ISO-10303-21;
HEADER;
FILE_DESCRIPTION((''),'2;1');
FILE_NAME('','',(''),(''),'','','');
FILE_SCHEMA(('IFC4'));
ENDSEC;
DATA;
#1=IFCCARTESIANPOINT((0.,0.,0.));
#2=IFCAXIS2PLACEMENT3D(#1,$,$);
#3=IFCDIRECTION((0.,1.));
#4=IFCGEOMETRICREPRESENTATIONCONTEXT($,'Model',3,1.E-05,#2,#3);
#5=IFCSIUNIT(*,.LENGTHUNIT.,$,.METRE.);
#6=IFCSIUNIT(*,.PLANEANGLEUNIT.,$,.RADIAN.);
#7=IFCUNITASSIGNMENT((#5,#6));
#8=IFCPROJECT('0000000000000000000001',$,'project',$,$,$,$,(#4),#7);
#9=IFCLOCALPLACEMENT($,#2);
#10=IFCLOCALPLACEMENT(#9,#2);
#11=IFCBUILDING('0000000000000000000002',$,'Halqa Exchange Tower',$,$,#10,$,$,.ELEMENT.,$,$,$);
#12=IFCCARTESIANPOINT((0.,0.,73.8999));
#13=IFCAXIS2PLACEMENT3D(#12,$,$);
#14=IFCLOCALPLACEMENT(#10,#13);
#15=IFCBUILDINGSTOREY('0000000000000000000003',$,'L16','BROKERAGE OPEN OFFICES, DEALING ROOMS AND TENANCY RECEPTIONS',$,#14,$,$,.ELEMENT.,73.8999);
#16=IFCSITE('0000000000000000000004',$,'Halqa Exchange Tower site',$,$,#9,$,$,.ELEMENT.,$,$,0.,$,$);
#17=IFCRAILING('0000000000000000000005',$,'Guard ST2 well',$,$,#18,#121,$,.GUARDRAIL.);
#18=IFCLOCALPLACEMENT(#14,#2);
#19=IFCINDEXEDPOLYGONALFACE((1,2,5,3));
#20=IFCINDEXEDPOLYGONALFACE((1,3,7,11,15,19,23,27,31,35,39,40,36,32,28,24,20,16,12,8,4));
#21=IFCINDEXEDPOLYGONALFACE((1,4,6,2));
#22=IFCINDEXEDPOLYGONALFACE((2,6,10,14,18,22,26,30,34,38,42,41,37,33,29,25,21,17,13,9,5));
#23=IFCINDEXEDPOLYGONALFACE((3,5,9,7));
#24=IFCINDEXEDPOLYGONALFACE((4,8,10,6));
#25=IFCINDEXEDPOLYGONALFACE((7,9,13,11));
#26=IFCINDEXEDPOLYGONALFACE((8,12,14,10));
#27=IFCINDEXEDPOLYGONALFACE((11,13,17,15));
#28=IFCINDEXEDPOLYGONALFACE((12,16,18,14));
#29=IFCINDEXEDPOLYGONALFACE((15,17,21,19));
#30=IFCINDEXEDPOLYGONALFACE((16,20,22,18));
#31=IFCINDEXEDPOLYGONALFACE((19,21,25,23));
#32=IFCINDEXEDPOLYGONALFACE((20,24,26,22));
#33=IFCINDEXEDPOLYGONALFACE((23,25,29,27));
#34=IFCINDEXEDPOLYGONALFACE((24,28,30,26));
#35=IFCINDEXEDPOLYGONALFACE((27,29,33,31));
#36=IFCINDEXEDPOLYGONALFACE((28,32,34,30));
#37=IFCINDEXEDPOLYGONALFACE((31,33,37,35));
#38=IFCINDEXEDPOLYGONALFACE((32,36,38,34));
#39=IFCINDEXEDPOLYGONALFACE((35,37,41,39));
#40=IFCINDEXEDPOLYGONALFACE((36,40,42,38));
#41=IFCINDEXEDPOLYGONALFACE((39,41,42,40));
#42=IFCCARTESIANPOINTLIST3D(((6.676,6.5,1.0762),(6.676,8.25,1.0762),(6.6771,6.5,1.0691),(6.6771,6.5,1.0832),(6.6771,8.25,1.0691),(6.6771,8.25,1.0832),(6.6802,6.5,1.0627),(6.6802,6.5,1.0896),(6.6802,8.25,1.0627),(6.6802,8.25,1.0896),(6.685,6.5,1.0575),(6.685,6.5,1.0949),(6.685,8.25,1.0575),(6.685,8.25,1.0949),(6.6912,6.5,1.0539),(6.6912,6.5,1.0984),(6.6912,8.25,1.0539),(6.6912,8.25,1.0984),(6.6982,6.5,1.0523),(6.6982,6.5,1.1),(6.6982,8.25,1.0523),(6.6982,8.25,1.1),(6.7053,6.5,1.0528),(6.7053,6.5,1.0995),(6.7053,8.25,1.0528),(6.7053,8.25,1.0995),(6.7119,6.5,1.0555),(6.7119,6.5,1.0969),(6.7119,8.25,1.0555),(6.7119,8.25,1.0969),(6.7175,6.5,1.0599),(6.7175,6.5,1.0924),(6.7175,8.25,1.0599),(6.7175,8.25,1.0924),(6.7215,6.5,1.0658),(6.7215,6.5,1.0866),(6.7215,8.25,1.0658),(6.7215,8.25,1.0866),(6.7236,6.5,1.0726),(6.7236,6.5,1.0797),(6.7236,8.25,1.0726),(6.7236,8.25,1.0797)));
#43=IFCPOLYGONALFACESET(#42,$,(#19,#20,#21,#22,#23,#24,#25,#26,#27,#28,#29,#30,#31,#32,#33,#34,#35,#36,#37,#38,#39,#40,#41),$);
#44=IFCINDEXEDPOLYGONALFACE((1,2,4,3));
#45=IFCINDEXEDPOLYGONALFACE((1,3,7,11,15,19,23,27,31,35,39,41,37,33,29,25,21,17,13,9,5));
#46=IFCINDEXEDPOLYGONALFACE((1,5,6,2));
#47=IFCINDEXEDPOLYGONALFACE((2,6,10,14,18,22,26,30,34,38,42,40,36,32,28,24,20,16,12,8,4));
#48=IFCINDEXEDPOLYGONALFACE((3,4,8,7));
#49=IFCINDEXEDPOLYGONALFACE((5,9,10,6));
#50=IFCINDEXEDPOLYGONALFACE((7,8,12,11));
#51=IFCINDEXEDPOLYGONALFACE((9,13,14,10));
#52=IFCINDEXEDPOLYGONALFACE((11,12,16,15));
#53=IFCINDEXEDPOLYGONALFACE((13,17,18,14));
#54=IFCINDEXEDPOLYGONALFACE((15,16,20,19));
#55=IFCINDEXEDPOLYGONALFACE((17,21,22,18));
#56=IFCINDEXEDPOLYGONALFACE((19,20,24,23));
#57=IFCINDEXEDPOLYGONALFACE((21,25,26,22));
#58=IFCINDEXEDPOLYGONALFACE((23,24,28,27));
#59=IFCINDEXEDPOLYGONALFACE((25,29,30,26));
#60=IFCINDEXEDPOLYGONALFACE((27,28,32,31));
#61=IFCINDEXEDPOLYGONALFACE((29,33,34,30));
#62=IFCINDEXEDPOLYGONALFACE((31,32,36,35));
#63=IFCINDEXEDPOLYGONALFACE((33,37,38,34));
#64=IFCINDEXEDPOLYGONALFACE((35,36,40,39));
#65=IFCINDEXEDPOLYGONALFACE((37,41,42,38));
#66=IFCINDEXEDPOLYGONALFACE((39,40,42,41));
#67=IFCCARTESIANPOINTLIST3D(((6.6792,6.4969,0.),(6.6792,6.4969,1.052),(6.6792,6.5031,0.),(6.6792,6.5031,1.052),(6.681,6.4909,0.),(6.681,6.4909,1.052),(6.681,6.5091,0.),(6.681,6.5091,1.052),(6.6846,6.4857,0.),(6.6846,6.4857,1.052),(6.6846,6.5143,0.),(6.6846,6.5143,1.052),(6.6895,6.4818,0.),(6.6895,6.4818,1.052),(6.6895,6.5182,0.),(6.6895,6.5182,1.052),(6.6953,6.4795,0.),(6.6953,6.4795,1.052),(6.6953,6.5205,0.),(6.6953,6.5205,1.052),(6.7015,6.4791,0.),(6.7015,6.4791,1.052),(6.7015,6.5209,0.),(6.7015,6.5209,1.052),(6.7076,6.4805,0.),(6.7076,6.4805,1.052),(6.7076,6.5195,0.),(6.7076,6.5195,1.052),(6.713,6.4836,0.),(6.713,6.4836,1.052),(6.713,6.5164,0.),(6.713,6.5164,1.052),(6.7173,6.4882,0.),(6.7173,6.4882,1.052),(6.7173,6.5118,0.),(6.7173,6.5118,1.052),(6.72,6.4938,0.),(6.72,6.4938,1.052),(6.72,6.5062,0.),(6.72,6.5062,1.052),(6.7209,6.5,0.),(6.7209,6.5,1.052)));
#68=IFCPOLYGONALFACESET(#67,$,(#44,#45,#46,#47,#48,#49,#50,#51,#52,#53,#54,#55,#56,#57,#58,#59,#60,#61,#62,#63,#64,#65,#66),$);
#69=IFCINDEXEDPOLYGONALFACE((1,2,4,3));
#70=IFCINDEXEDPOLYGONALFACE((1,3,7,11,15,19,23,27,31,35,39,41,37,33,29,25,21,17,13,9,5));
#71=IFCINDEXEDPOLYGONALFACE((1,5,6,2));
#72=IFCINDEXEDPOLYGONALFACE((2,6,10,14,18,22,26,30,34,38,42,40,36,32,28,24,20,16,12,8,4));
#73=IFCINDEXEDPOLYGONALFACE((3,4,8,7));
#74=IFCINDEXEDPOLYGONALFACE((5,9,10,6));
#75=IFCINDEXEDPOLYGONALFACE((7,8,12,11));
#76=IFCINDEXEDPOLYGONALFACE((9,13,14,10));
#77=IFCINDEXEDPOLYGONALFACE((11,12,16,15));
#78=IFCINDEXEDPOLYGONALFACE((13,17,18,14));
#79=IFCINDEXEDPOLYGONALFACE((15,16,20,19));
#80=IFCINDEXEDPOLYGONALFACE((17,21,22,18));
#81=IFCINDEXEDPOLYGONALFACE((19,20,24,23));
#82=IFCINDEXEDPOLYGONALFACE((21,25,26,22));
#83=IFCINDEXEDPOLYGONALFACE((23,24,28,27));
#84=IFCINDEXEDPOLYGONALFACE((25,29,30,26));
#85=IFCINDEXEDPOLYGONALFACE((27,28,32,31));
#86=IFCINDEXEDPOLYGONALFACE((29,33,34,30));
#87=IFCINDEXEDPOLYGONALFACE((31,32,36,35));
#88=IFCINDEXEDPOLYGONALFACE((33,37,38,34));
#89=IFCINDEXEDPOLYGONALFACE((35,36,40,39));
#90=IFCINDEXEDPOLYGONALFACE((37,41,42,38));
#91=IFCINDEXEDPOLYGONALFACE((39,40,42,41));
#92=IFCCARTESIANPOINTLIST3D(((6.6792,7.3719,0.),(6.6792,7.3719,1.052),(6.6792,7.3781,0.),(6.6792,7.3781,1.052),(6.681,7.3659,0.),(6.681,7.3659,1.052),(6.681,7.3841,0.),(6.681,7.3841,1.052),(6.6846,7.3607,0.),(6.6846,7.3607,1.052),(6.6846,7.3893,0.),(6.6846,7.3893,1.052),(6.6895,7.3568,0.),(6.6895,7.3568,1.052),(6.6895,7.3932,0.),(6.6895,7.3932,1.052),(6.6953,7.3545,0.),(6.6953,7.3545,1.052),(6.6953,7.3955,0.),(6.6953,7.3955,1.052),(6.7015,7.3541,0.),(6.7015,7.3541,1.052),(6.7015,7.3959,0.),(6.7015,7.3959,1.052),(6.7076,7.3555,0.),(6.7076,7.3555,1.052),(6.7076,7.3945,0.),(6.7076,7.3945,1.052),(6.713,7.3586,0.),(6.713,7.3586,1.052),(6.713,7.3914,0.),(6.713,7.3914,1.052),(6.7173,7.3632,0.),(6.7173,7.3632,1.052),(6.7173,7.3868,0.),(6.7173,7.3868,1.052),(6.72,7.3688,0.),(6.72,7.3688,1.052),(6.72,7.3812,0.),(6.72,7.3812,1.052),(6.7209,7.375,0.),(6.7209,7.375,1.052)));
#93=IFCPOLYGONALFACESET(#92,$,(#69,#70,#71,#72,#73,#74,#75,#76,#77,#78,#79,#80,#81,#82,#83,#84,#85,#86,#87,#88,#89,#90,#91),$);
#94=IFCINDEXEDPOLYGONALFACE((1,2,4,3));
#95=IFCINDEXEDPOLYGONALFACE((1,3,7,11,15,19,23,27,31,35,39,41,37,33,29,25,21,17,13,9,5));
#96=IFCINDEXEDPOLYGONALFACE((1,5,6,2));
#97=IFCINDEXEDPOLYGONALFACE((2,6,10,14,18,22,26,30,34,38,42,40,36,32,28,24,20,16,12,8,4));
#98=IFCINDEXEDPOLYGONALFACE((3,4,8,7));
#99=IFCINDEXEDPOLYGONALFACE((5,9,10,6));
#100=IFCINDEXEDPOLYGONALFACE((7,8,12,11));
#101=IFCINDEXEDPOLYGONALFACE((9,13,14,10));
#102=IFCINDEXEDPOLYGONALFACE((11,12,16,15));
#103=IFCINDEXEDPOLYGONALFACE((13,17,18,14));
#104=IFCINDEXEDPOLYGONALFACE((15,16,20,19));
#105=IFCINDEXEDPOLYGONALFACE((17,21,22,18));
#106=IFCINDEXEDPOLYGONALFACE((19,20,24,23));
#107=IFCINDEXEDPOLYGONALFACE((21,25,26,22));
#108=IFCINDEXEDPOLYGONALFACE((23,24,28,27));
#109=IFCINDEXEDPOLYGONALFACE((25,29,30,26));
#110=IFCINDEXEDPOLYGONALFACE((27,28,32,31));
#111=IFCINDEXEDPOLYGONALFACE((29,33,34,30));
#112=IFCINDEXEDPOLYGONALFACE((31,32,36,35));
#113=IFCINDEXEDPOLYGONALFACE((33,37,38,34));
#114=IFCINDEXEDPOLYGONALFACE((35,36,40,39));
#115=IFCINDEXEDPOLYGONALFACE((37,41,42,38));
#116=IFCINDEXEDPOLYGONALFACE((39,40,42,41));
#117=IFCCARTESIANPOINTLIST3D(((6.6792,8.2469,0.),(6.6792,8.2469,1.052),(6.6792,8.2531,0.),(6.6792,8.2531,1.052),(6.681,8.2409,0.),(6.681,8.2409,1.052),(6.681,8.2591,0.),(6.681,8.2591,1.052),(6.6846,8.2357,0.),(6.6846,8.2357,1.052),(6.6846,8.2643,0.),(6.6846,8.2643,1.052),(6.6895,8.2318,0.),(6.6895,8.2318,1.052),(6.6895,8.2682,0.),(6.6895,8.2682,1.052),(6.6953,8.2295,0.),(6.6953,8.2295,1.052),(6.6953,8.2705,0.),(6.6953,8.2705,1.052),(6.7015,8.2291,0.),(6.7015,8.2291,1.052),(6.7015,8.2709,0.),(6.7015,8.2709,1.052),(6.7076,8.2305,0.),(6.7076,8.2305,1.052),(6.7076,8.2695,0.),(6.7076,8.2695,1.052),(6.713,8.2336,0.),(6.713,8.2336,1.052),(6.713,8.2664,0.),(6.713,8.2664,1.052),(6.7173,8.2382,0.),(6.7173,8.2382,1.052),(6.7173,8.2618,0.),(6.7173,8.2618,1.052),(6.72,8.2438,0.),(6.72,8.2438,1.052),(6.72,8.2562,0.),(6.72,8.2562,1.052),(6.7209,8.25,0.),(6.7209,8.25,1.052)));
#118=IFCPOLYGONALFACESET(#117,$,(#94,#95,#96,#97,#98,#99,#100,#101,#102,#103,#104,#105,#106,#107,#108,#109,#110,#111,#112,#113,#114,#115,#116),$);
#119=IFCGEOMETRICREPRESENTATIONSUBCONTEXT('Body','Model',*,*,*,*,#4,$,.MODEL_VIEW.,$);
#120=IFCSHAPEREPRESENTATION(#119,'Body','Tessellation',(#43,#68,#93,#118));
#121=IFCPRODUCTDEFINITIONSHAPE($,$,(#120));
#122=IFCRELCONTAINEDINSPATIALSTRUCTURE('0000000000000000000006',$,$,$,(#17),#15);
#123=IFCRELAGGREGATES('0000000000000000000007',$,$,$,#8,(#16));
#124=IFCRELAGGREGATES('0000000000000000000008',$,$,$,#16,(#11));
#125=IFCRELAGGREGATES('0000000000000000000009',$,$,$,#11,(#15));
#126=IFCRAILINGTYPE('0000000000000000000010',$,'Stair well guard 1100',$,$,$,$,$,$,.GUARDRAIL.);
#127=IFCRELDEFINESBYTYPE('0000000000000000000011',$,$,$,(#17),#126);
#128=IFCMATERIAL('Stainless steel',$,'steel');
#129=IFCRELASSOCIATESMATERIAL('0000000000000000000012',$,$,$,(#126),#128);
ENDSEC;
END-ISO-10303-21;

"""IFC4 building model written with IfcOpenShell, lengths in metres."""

from ifc_helpers import new_model, si_unit, direction, frame, origin, origin_2d, place, context, subcontext, project, spatial, circle, extrude, material, type_object, element, save


model = new_model("IFC4")

# Units and contexts
model_context = context("Model", 3, precision=1e-05, world=origin(), true_north=direction((0.0, 1.0)))
body_context = subcontext(model_context, "Body", "Model", "MODEL_VIEW")
ifc_project = project(units=[si_unit("LENGTHUNIT", "METRE"), si_unit("PLANEANGLEUNIT", "RADIAN")], contexts=[model_context])

# Site, building, storey
site_placement = place(None, origin())
site = spatial("IfcSite", under=ifc_project, at=site_placement, Name="Halqa Exchange Tower site", CompositionType="ELEMENT", RefElevation=0.0)
building_placement = place(site_placement, origin())
building = spatial("IfcBuilding", under=site, at=building_placement, Name="Halqa Exchange Tower", CompositionType="ELEMENT")
storey_placement = place(building_placement, frame((0.0, 0.0, 73.8999)))
storey = spatial("IfcBuildingStorey", under=building, at=storey_placement, Name="L16", Description="BROKERAGE OPEN OFFICES, DEALING ROOMS AND TENANCY RECEPTIONS", CompositionType="ELEMENT", Elevation=73.8999)

# Railing
ifc_material_1 = material(Name="Stainless steel", Category="steel")
railing_type_1 = type_object("IfcRailingType", Name="Stair well guard 1100", PredefinedType="GUARDRAIL", material=ifc_material_1)
railing_1_placement = place(storey_placement, frame((6.7, 6.5, 0.0)))
element("IfcRailing", 1, at=railing_1_placement, inside=storey, type_object=railing_type_1, Name="Guard ST2 well", PredefinedType="GUARDRAIL", context=body_context, shape_type="SweptSolid", body=[
    extrude(circle(Radius=0.0239, at=origin_2d()), frame((0.0, 0.0, 1.0762), z_axis=(0.0, 1.0, 0.0), x_axis=(-1.0, 0.0, 0.0)), (0.0, 0.0, 1.0), 1.75),
    extrude(circle(Radius=0.021, at=origin_2d()), origin(), (0.0, 0.0, 1.0), 1.052),
    extrude(circle(Radius=0.021, at=origin_2d()), frame((0.0, 0.875, 0.0)), (0.0, 0.0, 1.0), 1.052),
    extrude(circle(Radius=0.021, at=origin_2d()), frame((0.0, 1.75, 0.0)), (0.0, 0.0, 1.0), 1.052),
])

save(model, "model.ifc")
